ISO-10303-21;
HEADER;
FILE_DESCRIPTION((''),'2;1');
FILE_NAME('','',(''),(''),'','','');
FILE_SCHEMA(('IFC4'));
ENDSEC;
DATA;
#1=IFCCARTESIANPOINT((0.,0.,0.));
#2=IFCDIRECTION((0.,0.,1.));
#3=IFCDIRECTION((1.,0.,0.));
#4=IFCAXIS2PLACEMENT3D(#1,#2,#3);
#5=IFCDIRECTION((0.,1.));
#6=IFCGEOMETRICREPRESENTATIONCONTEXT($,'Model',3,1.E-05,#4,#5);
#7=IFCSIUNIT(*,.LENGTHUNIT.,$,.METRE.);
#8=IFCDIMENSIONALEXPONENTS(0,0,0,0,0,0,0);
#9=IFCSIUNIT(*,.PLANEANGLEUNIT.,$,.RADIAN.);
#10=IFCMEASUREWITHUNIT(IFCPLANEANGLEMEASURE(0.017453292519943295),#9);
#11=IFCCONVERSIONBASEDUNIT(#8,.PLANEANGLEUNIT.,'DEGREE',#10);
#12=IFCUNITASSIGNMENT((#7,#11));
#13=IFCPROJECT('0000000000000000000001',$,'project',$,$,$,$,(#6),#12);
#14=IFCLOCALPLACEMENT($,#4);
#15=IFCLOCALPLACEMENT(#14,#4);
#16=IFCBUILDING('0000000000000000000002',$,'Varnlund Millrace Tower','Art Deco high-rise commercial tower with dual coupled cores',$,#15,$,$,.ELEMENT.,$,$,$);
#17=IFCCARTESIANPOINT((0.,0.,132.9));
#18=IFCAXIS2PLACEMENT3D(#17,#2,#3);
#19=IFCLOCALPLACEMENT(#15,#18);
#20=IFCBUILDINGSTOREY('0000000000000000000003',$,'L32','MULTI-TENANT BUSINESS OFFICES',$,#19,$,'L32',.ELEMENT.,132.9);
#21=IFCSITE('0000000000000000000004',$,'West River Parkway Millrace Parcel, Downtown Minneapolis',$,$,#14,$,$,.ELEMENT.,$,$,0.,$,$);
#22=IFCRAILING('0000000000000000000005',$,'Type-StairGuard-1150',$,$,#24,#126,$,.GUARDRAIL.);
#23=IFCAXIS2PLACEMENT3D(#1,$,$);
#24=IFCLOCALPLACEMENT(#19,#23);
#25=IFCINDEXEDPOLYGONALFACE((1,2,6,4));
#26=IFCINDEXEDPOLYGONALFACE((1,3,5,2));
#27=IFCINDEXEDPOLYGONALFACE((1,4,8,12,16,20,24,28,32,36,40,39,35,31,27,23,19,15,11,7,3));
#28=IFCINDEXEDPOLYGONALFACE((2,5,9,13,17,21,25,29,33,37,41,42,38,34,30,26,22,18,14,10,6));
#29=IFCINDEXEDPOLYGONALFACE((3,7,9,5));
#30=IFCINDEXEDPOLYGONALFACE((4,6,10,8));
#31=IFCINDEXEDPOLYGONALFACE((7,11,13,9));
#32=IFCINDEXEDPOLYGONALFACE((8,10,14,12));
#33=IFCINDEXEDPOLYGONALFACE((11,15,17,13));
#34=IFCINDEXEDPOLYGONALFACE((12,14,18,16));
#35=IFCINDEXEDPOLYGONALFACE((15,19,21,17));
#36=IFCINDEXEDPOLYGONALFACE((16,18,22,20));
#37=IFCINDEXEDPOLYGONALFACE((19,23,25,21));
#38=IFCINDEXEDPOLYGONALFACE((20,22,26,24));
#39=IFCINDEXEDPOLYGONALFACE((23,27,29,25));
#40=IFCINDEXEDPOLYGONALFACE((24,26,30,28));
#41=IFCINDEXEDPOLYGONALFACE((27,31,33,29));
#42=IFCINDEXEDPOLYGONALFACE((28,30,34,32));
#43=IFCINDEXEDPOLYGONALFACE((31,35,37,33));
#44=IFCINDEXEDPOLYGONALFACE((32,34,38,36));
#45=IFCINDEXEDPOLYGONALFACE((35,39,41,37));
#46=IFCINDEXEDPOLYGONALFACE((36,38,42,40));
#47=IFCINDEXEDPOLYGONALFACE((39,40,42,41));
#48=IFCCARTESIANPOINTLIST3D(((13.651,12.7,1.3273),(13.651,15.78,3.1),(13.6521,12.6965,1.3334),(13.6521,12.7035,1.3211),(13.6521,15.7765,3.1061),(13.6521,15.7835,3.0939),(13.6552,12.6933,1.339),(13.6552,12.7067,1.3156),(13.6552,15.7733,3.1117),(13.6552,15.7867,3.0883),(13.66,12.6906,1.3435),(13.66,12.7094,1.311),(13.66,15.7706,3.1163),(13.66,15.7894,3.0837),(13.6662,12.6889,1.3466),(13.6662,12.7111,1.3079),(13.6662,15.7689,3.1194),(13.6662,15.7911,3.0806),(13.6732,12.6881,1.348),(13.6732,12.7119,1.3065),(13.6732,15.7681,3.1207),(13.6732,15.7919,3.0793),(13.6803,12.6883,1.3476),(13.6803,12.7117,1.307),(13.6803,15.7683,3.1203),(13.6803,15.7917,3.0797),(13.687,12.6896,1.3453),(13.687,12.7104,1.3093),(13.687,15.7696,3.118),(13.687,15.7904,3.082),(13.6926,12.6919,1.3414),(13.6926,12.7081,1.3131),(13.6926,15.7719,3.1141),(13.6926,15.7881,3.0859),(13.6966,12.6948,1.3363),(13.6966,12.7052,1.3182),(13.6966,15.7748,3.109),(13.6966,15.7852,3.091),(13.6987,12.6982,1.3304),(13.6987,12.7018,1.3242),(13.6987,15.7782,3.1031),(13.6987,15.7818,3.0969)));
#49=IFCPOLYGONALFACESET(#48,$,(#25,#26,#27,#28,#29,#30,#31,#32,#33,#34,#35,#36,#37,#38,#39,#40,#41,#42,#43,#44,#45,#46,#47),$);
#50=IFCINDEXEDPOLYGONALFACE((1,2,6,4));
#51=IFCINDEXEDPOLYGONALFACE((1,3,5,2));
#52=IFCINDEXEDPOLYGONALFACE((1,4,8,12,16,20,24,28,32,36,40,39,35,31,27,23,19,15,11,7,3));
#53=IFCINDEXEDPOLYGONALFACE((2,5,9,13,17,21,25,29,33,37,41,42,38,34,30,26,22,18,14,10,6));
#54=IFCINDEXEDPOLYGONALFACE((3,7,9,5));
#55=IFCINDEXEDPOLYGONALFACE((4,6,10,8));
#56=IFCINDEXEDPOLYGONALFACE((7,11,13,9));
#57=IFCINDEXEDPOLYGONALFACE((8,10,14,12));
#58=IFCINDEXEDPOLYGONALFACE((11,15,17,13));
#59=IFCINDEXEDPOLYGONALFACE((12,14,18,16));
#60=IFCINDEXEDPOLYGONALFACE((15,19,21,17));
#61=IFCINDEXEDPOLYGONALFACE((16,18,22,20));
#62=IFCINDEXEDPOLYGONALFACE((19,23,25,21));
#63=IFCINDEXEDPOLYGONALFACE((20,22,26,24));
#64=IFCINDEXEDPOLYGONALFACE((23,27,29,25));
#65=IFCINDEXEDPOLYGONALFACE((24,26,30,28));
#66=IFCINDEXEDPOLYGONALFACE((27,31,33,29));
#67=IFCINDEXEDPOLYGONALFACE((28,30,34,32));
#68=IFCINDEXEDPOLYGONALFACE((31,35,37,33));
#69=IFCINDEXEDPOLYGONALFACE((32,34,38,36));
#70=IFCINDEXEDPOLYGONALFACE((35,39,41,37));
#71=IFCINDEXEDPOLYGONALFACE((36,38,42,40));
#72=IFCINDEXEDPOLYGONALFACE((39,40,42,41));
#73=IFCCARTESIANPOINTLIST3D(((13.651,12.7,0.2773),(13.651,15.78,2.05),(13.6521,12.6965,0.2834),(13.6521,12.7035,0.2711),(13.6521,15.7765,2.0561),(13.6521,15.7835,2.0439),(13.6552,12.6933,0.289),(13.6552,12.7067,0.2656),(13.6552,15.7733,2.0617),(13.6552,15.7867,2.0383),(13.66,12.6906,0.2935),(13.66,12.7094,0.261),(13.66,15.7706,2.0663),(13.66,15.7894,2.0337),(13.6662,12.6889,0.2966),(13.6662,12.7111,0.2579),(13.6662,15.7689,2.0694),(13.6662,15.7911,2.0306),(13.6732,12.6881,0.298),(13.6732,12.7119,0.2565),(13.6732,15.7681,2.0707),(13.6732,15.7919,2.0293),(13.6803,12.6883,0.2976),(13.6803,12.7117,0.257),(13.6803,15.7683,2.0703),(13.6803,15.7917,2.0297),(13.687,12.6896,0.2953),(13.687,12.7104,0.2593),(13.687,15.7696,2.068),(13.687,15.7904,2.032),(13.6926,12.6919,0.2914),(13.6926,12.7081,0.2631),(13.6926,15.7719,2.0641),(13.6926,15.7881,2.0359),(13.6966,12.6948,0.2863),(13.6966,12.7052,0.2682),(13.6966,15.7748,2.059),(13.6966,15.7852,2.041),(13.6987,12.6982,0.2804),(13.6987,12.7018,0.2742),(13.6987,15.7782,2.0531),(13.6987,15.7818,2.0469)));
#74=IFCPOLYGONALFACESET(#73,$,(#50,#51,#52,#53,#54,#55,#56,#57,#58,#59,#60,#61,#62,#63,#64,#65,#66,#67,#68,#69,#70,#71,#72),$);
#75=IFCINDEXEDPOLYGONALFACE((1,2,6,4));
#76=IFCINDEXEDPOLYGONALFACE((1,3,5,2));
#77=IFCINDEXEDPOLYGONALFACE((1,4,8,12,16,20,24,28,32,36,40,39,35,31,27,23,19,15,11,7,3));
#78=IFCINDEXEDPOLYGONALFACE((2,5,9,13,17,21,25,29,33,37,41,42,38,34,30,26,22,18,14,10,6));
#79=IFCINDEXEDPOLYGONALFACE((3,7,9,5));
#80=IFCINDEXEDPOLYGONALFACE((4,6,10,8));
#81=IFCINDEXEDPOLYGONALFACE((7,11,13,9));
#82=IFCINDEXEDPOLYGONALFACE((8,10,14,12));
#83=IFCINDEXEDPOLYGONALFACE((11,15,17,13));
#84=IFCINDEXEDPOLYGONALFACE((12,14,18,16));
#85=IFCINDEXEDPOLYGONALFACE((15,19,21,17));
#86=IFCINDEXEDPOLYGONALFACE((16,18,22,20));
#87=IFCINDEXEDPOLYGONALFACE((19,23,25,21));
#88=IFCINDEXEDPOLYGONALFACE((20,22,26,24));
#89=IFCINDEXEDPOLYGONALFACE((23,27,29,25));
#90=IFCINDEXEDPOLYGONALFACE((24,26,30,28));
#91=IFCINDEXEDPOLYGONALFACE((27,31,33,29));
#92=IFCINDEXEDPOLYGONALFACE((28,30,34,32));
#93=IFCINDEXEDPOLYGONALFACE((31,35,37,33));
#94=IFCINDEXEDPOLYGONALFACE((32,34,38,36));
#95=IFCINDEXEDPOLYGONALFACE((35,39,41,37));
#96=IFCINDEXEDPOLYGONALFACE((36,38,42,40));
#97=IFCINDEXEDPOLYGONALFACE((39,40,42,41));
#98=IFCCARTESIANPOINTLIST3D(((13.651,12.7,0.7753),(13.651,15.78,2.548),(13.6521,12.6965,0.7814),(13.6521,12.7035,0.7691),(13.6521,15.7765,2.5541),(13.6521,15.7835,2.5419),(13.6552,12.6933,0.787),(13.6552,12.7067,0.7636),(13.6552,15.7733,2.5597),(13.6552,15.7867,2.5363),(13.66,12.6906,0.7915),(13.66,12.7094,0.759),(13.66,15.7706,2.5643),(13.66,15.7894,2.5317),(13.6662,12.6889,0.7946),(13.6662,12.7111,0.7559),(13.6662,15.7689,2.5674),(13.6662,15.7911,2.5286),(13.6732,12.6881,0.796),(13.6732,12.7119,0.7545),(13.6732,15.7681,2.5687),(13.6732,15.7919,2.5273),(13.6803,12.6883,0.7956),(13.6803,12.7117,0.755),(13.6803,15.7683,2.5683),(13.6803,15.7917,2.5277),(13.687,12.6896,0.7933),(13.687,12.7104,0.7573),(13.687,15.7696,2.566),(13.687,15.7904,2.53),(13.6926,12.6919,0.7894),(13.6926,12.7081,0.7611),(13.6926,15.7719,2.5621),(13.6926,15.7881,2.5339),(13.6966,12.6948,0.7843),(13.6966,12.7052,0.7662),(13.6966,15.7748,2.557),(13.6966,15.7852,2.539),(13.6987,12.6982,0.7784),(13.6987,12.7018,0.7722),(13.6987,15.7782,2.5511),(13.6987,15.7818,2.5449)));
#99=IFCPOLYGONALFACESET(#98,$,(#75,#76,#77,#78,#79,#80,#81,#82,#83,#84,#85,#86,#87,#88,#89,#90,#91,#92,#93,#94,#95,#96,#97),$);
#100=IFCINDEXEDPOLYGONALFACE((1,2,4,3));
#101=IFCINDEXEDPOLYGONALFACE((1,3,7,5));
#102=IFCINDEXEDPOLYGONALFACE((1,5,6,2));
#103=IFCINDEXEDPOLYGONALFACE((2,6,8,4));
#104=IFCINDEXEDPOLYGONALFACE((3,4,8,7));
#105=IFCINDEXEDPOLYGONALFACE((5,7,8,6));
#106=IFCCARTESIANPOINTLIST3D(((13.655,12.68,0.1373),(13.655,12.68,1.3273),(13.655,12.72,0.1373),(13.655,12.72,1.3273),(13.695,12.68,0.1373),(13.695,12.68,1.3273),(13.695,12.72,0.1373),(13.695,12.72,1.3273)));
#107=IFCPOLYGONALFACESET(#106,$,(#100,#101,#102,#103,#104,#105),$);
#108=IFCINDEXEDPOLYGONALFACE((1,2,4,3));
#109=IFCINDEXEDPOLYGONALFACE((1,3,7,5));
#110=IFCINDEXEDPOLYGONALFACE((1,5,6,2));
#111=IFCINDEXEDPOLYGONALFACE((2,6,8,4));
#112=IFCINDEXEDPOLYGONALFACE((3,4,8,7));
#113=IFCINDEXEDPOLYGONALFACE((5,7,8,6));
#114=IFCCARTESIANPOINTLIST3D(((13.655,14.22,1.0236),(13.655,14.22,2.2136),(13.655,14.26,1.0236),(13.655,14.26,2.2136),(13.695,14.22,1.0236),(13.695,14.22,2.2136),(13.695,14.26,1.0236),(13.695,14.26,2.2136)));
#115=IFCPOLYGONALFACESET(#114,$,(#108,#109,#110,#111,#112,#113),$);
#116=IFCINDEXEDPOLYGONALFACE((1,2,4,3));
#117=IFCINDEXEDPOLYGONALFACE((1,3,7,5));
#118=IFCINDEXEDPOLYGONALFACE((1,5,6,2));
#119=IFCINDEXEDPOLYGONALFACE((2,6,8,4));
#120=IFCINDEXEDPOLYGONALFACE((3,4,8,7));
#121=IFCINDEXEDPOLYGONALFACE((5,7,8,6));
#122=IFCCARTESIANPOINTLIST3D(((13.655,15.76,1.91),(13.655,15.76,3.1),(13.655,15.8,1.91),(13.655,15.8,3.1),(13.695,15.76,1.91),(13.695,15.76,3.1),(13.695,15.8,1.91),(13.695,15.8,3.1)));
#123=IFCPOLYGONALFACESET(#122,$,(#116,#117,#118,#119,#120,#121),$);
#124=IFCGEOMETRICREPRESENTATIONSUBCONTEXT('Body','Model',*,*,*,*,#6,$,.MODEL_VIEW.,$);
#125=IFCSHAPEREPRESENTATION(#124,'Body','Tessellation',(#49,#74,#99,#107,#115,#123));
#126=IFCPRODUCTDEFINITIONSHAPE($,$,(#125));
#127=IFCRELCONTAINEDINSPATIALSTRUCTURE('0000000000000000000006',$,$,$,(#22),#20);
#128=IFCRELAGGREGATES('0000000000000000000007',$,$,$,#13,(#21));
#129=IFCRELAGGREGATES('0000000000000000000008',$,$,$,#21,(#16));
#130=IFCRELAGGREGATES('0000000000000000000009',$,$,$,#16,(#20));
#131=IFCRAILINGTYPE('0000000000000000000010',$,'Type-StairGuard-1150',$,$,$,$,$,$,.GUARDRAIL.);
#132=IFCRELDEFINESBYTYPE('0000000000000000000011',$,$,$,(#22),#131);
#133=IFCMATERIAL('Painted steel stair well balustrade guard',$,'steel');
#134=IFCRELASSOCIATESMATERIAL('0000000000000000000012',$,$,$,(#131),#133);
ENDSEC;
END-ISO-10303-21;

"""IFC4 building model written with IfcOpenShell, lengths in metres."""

from ifc_helpers import new_model, entity, si_unit, converted_unit, direction, frame, origin_with_axes, origin_2d_with_axis, place, context, subcontext, project, spatial, rectangle, circle, extrude, material, type_object, element, save


model = new_model("IFC4")

# Units and contexts
model_context = context("Model", 3, precision=1e-05, world=origin_with_axes(), true_north=direction((0.0, 1.0)))
body_context = subcontext(model_context, "Body", "Model", "MODEL_VIEW")
ifc_project = project(units=[si_unit("LENGTHUNIT", "METRE"), converted_unit("PLANEANGLEUNIT", "DEGREE", entity("IfcPlaneAngleMeasure", 0.017453292519943295), si_unit("PLANEANGLEUNIT", "RADIAN"), dimensions=[0, 0, 0, 0, 0, 0, 0])], contexts=[model_context])

# Site, building, storey
site_placement = place(None, origin_with_axes())
site = spatial("IfcSite", under=ifc_project, at=site_placement, Name="West River Parkway Millrace Parcel, Downtown Minneapolis", CompositionType="ELEMENT", RefElevation=0.0)
building_placement = place(site_placement, origin_with_axes())
building = spatial("IfcBuilding", under=site, at=building_placement, Name="Varnlund Millrace Tower", Description="Art Deco high-rise commercial tower with dual coupled cores", CompositionType="ELEMENT")
storey_placement = place(building_placement, frame((0.0, 0.0, 132.9), z_axis=(0.0, 0.0, 1.0), x_axis=(1.0, 0.0, 0.0)))
storey = spatial("IfcBuildingStorey", under=building, at=storey_placement, Name="L32", Description="MULTI-TENANT BUSINESS OFFICES", LongName="L32", CompositionType="ELEMENT", Elevation=132.9)

# Railing
ifc_material_1 = material(Name="Painted steel stair well balustrade guard", Category="steel")
railing_type_1 = type_object("IfcRailingType", Name="Type-StairGuard-1150", PredefinedType="GUARDRAIL", material=ifc_material_1)
railing_1_placement = place(storey_placement, frame((0.0, 0.0, -132.9), z_axis=(0.0, 0.0, 1.0), x_axis=(1.0, 0.0, 0.0)))
element("IfcRailing", 1, at=railing_1_placement, inside=storey, type_object=railing_type_1, Name="Type-StairGuard-1150", PredefinedType="GUARDRAIL", context=body_context, shape_type="SweptSolid", body=[
    extrude(circle(Radius=0.024, at=origin_2d_with_axis()), frame((13.675, 12.7, 134.2273), z_axis=(0.0, 0.866696, 0.498836), x_axis=(-1.0, 0.0, 0.0)), (0.0, 0.0, 1.0), 3.5537),
    extrude(circle(Radius=0.024, at=origin_2d_with_axis()), frame((13.675, 12.7, 133.1773), z_axis=(0.0, 0.866696, 0.498836), x_axis=(-1.0, 0.0, 0.0)), (0.0, 0.0, 1.0), 3.5537),
    extrude(circle(Radius=0.024, at=origin_2d_with_axis()), frame((13.675, 12.7, 133.6753), z_axis=(0.0, 0.866696, 0.498836), x_axis=(-1.0, 0.0, 0.0)), (0.0, 0.0, 1.0), 3.5537),
    extrude(rectangle(XDim=0.04, YDim=0.04, at=origin_2d_with_axis()), frame((13.675, 12.7, 133.0373), z_axis=(0.0, 0.0, 1.0), x_axis=(1.0, 0.0, 0.0)), (0.0, 0.0, 1.0), 1.19),
    extrude(rectangle(XDim=0.04, YDim=0.04, at=origin_2d_with_axis()), frame((13.675, 14.24, 133.9236), z_axis=(0.0, 0.0, 1.0), x_axis=(1.0, 0.0, 0.0)), (0.0, 0.0, 1.0), 1.19),
    extrude(rectangle(XDim=0.04, YDim=0.04, at=origin_2d_with_axis()), frame((13.675, 15.78, 134.81), z_axis=(0.0, 0.0, 1.0), x_axis=(1.0, 0.0, 0.0)), (0.0, 0.0, 1.0), 1.19),
])

save(model, "model.ifc")
